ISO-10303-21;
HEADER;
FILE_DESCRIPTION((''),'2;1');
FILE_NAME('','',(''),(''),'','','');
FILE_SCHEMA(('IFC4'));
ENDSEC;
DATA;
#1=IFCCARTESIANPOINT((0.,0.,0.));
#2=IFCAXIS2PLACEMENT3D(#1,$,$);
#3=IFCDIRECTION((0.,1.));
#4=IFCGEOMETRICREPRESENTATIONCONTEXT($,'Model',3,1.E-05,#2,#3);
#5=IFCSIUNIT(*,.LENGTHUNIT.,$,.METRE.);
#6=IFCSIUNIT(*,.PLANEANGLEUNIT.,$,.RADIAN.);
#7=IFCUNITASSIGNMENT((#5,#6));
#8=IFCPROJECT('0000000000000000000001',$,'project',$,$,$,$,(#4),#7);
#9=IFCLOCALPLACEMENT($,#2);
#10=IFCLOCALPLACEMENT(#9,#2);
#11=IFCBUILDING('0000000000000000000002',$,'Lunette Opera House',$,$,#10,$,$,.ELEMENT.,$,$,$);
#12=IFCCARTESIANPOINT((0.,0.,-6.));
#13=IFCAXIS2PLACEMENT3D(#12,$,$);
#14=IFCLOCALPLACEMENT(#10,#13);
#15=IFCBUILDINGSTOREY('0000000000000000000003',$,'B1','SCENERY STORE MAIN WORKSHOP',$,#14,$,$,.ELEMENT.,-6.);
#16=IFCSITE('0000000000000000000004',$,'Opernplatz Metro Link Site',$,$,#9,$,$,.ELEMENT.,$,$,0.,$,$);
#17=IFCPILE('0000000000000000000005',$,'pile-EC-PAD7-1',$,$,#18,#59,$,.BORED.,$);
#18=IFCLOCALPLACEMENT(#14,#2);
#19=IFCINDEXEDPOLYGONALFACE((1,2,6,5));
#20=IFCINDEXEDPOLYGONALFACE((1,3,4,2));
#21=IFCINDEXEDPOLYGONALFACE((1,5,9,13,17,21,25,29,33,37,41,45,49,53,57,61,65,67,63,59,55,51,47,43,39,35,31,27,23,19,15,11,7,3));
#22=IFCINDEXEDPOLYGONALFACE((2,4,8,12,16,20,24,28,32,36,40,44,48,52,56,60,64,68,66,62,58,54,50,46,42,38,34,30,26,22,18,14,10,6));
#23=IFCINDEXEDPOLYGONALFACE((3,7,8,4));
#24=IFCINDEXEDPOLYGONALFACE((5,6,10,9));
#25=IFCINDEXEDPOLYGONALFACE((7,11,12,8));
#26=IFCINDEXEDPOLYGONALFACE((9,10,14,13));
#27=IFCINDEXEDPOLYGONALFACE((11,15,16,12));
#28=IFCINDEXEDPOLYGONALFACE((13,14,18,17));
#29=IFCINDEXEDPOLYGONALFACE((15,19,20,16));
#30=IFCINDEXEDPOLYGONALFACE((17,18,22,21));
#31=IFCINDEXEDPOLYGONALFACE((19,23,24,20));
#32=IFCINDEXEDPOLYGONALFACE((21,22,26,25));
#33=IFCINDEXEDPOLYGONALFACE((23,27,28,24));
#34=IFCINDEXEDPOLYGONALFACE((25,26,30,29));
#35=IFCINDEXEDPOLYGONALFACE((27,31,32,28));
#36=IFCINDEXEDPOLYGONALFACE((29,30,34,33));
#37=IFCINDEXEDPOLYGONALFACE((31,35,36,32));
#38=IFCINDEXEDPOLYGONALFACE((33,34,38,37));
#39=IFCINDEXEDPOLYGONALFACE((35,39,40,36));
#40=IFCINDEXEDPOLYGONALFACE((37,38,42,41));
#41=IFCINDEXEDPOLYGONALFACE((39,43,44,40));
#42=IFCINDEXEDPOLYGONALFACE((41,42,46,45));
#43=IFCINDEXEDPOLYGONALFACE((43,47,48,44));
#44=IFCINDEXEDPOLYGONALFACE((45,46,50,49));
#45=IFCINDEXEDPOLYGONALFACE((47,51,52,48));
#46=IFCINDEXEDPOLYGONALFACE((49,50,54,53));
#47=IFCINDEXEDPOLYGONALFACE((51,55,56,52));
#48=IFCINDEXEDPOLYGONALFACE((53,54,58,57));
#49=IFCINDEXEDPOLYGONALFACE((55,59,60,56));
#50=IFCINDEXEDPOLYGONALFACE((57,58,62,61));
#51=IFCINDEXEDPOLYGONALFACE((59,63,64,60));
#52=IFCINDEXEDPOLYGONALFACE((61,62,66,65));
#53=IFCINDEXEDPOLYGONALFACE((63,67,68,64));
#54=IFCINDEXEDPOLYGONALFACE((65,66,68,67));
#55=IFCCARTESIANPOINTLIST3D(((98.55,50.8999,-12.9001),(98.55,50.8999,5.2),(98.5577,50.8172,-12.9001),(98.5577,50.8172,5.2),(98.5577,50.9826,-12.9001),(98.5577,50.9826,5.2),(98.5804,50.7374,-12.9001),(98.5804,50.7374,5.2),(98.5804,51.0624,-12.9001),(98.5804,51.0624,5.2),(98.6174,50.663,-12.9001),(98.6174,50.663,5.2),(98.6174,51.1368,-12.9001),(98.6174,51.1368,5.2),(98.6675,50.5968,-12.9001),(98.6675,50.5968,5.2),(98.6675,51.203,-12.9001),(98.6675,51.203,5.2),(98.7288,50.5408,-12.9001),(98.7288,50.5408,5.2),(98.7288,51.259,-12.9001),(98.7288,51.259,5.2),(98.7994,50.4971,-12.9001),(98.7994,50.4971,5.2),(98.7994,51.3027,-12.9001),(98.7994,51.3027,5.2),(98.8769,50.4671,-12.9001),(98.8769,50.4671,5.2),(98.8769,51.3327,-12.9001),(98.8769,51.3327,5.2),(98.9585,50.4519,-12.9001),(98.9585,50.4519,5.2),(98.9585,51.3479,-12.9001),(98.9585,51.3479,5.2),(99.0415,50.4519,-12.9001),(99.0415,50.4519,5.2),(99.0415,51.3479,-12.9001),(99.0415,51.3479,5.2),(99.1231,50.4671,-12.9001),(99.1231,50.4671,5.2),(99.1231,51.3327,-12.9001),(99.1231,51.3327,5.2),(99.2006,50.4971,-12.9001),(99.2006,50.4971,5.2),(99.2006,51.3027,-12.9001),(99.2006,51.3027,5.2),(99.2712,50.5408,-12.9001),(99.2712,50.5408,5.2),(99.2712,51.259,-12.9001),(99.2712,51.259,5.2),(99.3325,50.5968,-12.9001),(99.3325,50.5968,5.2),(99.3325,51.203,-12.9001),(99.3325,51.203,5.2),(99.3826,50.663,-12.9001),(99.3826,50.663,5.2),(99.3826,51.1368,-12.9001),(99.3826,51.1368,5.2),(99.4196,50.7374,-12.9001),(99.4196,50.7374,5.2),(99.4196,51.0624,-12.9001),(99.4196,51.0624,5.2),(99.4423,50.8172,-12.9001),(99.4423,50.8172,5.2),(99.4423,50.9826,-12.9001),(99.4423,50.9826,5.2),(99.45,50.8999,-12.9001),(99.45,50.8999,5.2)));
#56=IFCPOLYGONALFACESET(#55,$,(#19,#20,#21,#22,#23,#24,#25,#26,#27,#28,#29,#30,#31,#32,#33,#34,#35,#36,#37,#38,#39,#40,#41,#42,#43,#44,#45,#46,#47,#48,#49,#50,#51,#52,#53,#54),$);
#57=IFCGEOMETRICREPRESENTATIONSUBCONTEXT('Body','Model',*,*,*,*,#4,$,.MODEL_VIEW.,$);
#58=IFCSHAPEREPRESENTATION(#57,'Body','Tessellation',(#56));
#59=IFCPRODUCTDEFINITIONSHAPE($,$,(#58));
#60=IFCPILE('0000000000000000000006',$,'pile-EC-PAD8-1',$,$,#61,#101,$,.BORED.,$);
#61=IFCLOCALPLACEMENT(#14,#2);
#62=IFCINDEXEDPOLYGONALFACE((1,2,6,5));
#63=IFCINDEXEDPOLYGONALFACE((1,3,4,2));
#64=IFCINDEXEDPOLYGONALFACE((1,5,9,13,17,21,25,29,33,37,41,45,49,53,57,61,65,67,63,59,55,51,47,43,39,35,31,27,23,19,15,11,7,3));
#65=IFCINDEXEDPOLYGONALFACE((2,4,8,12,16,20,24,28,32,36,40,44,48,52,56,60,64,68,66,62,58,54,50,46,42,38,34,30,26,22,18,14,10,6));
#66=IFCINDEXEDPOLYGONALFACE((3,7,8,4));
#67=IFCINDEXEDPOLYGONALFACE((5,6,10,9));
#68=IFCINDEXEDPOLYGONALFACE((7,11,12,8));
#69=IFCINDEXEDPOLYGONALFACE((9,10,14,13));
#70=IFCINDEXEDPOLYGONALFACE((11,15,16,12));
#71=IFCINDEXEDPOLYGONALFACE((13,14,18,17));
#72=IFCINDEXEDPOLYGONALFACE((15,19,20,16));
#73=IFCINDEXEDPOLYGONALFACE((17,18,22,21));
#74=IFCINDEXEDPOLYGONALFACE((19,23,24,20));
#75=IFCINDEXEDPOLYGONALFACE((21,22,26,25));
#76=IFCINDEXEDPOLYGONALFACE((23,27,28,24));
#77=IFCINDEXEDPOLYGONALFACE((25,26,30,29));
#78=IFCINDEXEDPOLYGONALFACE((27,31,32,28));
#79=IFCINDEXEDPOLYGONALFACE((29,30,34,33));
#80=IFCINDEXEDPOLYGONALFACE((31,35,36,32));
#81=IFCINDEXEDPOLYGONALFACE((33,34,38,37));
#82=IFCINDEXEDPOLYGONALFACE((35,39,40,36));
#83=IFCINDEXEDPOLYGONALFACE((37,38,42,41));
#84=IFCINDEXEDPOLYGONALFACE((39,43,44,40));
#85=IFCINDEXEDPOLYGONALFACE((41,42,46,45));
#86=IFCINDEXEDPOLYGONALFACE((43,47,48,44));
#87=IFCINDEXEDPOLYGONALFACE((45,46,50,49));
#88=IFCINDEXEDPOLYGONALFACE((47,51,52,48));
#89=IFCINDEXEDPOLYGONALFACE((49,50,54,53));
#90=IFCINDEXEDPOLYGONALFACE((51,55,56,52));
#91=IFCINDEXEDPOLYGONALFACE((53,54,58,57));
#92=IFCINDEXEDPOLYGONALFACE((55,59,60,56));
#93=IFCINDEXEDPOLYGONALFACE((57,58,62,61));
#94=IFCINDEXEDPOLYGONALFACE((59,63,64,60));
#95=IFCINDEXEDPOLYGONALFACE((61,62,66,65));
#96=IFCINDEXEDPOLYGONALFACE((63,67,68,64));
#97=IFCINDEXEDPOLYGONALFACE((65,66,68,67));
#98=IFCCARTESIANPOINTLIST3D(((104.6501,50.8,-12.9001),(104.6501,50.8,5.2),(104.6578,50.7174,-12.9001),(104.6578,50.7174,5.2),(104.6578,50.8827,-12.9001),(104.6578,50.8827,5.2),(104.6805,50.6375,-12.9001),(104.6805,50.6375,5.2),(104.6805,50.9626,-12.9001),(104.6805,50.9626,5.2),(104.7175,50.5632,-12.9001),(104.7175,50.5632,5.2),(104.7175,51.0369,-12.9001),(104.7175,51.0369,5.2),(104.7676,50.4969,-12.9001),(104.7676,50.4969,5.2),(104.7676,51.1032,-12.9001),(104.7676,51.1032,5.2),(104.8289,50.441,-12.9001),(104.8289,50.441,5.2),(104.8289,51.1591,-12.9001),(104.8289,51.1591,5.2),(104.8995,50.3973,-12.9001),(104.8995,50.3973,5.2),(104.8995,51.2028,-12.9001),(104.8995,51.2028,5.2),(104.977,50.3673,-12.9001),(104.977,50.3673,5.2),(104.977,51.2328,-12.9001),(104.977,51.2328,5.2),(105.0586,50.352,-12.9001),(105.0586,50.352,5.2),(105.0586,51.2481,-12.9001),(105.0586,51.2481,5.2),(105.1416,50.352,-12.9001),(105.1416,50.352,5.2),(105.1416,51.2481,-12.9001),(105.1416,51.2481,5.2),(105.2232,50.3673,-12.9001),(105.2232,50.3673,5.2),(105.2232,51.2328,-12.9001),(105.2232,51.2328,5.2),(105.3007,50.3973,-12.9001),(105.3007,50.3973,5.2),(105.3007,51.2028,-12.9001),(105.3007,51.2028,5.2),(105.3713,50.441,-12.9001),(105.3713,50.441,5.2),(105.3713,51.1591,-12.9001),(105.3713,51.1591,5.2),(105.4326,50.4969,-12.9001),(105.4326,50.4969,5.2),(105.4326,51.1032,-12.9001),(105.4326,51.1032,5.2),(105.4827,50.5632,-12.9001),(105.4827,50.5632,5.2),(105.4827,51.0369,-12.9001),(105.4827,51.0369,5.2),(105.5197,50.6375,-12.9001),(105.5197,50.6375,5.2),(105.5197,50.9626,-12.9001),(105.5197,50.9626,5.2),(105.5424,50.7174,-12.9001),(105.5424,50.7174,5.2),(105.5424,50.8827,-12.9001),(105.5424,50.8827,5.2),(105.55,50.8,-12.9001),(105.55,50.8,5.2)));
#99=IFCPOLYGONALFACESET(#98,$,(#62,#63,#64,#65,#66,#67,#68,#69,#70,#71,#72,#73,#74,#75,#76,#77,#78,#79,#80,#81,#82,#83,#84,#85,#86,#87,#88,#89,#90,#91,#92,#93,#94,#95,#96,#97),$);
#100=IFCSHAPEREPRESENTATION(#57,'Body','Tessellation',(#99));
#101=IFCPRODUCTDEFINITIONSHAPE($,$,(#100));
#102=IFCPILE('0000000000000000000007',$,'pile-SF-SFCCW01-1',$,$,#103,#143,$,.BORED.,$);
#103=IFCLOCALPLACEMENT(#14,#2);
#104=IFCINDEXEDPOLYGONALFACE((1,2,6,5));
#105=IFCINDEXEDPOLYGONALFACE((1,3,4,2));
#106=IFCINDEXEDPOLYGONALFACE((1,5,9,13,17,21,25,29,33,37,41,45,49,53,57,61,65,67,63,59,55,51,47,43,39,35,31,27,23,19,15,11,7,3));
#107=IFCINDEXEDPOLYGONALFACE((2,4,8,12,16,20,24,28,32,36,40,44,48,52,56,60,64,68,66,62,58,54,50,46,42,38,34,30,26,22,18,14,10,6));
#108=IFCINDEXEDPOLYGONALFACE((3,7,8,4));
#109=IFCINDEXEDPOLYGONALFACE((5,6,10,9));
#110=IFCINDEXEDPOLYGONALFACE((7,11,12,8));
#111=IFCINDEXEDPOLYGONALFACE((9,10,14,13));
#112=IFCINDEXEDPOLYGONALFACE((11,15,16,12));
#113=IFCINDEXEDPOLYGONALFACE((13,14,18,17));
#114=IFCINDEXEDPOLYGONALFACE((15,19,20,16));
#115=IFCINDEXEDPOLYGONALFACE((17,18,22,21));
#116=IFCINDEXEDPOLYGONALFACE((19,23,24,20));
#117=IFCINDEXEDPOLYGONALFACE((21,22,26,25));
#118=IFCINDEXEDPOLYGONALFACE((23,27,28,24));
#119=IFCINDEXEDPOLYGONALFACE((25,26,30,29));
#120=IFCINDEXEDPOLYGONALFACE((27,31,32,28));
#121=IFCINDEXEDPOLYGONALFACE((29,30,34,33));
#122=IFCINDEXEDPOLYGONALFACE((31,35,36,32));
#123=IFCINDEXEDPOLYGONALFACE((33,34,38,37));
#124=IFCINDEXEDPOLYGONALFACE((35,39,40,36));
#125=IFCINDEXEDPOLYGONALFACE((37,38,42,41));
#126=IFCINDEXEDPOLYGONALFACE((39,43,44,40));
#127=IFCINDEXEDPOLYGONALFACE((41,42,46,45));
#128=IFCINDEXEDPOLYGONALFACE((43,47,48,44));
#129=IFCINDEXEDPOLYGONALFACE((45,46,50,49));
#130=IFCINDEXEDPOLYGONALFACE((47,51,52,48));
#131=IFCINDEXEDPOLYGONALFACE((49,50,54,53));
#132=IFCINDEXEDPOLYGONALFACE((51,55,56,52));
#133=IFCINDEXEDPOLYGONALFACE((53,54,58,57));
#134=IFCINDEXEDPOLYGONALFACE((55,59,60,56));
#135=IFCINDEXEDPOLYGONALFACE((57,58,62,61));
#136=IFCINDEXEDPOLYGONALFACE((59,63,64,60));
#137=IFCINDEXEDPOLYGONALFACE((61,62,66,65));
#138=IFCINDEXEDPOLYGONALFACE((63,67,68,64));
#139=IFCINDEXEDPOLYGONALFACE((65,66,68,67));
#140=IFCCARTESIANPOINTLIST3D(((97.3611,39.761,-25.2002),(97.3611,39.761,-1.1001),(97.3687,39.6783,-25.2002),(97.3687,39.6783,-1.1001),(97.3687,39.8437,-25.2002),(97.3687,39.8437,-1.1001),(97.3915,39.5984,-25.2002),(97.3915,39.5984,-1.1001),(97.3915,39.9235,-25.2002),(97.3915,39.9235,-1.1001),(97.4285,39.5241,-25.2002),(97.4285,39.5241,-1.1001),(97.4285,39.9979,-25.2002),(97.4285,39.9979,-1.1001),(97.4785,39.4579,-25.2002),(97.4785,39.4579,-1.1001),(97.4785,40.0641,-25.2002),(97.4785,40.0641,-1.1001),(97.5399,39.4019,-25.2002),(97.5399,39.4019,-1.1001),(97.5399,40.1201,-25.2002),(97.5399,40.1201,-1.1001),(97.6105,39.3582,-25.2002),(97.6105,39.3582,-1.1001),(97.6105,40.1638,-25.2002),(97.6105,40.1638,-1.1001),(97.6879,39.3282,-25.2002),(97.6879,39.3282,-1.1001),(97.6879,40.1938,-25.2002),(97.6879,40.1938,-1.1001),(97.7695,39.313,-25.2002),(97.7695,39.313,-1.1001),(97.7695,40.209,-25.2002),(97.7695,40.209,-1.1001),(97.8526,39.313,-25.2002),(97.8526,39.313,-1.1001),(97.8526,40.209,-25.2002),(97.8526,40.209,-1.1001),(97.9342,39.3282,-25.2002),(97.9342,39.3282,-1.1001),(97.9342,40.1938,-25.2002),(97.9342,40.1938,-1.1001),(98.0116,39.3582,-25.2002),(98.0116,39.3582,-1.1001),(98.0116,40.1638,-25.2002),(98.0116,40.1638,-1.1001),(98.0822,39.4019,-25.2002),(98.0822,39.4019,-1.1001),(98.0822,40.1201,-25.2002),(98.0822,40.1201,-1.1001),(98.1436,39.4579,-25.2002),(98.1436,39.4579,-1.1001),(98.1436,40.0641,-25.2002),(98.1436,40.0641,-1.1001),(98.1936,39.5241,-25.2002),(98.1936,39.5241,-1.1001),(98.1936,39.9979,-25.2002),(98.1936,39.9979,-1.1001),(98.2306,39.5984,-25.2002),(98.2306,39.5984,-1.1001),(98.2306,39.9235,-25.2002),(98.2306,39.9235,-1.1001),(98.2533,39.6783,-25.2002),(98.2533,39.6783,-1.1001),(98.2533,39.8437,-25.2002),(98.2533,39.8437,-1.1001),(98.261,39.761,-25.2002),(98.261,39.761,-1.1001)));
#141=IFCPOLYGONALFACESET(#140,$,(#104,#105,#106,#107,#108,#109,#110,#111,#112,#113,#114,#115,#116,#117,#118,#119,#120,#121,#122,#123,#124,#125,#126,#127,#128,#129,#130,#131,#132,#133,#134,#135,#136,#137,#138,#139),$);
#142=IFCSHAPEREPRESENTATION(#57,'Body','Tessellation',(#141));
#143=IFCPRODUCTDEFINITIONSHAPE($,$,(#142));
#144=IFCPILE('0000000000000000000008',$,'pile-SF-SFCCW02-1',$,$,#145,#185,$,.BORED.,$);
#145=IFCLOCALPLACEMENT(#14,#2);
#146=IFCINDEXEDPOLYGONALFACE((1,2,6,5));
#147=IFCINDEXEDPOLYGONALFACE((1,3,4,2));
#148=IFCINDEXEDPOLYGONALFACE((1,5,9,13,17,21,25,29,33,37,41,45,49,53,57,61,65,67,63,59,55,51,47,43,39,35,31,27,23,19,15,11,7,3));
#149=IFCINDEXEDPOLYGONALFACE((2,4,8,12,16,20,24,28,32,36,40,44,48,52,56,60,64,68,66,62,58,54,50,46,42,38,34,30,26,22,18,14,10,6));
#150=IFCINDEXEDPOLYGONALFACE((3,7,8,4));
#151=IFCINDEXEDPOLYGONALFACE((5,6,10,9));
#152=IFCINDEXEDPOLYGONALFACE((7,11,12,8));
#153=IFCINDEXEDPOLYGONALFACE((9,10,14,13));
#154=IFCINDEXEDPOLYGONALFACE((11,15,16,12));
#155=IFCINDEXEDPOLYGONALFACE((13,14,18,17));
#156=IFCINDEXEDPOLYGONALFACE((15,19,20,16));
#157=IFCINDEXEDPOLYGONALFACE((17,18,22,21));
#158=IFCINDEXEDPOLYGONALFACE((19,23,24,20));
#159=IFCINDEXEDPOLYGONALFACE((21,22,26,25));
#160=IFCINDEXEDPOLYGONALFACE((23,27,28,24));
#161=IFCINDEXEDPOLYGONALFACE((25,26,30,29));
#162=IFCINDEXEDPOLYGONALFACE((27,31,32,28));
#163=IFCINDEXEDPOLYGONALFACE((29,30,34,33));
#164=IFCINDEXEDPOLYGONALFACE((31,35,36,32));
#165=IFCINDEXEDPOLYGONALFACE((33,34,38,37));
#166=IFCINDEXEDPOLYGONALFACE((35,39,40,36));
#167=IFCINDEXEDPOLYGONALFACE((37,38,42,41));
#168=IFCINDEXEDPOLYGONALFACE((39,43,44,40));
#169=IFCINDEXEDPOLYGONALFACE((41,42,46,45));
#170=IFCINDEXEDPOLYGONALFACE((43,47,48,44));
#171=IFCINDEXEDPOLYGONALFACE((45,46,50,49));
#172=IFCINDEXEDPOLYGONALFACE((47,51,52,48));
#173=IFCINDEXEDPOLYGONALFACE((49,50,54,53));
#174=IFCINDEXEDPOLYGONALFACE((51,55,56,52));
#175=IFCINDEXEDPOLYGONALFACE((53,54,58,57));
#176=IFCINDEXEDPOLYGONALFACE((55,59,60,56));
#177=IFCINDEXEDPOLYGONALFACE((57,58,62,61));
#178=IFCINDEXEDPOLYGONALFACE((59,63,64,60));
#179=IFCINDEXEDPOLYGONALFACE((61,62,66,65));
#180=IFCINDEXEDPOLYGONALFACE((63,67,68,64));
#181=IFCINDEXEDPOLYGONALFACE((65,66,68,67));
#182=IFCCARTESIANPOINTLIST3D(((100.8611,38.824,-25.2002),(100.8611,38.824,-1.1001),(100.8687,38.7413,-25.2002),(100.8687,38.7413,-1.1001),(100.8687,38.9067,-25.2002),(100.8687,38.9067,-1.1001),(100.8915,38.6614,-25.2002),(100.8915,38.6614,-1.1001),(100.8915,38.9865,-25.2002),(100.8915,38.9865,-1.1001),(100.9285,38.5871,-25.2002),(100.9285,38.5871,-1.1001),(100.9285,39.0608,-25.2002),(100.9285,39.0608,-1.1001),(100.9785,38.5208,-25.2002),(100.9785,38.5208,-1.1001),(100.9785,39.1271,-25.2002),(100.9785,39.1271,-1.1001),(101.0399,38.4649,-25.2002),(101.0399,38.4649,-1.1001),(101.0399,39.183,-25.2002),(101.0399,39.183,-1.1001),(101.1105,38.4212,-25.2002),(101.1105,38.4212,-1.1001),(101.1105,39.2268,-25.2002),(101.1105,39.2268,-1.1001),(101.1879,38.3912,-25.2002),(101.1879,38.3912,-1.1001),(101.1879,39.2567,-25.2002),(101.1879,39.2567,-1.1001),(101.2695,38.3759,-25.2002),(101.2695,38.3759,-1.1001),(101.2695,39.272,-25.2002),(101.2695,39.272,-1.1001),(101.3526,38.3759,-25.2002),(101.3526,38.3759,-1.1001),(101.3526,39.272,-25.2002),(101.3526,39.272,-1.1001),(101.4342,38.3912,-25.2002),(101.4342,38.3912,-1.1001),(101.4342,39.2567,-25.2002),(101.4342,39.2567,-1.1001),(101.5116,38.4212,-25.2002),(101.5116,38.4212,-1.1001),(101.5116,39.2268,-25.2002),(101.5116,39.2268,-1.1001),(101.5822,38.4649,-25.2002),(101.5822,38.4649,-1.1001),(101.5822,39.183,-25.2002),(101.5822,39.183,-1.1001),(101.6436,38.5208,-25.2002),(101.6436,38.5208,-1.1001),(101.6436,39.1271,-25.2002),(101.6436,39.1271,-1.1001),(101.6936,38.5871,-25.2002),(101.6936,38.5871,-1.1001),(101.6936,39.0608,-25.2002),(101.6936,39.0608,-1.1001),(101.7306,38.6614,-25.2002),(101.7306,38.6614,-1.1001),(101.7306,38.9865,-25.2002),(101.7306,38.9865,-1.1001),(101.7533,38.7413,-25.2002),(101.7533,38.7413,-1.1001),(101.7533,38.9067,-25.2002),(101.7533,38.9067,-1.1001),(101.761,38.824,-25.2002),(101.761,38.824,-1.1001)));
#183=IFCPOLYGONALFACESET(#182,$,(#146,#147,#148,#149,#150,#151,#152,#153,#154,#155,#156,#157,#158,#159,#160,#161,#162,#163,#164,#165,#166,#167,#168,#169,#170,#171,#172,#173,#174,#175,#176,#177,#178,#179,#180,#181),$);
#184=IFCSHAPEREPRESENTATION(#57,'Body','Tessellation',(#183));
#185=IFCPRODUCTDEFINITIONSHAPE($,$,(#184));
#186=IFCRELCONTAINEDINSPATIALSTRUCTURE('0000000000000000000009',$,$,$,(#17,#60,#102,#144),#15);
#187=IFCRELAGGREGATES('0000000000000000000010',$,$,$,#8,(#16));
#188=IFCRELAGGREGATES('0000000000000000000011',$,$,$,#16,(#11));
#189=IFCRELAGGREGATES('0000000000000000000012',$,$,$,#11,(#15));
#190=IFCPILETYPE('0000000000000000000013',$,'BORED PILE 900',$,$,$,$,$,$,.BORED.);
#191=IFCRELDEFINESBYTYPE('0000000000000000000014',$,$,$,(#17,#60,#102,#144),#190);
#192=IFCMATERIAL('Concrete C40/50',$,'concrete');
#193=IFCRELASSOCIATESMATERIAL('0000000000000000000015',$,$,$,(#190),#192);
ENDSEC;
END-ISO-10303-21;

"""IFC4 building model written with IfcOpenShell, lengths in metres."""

from ifc_helpers import new_model, si_unit, direction, frame, origin, origin_2d, place, context, subcontext, project, spatial, circle, extrude, material, material_profile, profile_set, type_object, element, save


model = new_model("IFC4")

# Units and contexts
model_context = context("Model", 3, precision=1e-05, world=origin(), true_north=direction((0.0, 1.0)))
body_context = subcontext(model_context, "Body", "Model", "MODEL_VIEW")
ifc_project = project(units=[si_unit("LENGTHUNIT", "METRE"), si_unit("PLANEANGLEUNIT", "RADIAN")], contexts=[model_context])

# Site, building, storey
site_placement = place(None, origin())
site = spatial("IfcSite", under=ifc_project, at=site_placement, Name="Opernplatz Metro Link Site", CompositionType="ELEMENT", RefElevation=0.0)
building_placement = place(site_placement, origin())
building = spatial("IfcBuilding", under=site, at=building_placement, Name="Lunette Opera House", CompositionType="ELEMENT")
storey_placement = place(building_placement, frame((0.0, 0.0, -6.0)))
storey = spatial("IfcBuildingStorey", under=building, at=storey_placement, Name="B1", Description="SCENERY STORE MAIN WORKSHOP", CompositionType="ELEMENT", Elevation=-6.0)

# Piles
ifc_material_1 = material(Name="Concrete C40/50", Category="concrete")
ifc_material_profile_1 = material_profile(ifc_material_1, circle(Radius=0.45, at=origin_2d()), Name="BORED PILE 900")
ifc_profile_set_1 = profile_set([ifc_material_profile_1], Name="Concrete C40/50")
pile_type = type_object("IfcPileType", Name="BORED PILE 900", PredefinedType="BORED", material=ifc_profile_set_1)
for number, where, z_axis, x_axis, name in (
    (1, (99.0, 50.8999, 5.2), (0.0, 0.0, -1.0), (1.0, 0.0, 0.0), "pile-EC-PAD7-1"),
    (2, (105.1001, 50.8, 5.2), (0.0, 0.0, -1.0), (1.0, 0.0, 0.0), "pile-EC-PAD8-1"),
):
    element("IfcPile", number, at=place(storey_placement, frame(where, z_axis=z_axis, x_axis=x_axis)), inside=storey, type_object=pile_type, Name=name, PredefinedType="BORED", context=body_context, shape_type="SweptSolid", body=[
        extrude(circle(Radius=0.45, at=origin_2d()), origin(), (0.0, 0.0, 1.0), 18.1001),
    ])
for number, where, z_axis, x_axis, name in (
    (3, (97.811, 39.761, -1.1001), (0.0, 0.0, -1.0), (1.0, 0.0, 0.0), "pile-SF-SFCCW01-1"),
    (4, (101.311, 38.824, -1.1001), (0.0, 0.0, -1.0), (1.0, 0.0, 0.0), "pile-SF-SFCCW02-1"),
):
    element("IfcPile", number, at=place(storey_placement, frame(where, z_axis=z_axis, x_axis=x_axis)), inside=storey, type_object=pile_type, Name=name, PredefinedType="BORED", context=body_context, shape_type="SweptSolid", body=[
        extrude(circle(Radius=0.45, at=origin_2d()), origin(), (0.0, 0.0, 1.0), 24.1001),
    ])

save(model, "model.ifc")
